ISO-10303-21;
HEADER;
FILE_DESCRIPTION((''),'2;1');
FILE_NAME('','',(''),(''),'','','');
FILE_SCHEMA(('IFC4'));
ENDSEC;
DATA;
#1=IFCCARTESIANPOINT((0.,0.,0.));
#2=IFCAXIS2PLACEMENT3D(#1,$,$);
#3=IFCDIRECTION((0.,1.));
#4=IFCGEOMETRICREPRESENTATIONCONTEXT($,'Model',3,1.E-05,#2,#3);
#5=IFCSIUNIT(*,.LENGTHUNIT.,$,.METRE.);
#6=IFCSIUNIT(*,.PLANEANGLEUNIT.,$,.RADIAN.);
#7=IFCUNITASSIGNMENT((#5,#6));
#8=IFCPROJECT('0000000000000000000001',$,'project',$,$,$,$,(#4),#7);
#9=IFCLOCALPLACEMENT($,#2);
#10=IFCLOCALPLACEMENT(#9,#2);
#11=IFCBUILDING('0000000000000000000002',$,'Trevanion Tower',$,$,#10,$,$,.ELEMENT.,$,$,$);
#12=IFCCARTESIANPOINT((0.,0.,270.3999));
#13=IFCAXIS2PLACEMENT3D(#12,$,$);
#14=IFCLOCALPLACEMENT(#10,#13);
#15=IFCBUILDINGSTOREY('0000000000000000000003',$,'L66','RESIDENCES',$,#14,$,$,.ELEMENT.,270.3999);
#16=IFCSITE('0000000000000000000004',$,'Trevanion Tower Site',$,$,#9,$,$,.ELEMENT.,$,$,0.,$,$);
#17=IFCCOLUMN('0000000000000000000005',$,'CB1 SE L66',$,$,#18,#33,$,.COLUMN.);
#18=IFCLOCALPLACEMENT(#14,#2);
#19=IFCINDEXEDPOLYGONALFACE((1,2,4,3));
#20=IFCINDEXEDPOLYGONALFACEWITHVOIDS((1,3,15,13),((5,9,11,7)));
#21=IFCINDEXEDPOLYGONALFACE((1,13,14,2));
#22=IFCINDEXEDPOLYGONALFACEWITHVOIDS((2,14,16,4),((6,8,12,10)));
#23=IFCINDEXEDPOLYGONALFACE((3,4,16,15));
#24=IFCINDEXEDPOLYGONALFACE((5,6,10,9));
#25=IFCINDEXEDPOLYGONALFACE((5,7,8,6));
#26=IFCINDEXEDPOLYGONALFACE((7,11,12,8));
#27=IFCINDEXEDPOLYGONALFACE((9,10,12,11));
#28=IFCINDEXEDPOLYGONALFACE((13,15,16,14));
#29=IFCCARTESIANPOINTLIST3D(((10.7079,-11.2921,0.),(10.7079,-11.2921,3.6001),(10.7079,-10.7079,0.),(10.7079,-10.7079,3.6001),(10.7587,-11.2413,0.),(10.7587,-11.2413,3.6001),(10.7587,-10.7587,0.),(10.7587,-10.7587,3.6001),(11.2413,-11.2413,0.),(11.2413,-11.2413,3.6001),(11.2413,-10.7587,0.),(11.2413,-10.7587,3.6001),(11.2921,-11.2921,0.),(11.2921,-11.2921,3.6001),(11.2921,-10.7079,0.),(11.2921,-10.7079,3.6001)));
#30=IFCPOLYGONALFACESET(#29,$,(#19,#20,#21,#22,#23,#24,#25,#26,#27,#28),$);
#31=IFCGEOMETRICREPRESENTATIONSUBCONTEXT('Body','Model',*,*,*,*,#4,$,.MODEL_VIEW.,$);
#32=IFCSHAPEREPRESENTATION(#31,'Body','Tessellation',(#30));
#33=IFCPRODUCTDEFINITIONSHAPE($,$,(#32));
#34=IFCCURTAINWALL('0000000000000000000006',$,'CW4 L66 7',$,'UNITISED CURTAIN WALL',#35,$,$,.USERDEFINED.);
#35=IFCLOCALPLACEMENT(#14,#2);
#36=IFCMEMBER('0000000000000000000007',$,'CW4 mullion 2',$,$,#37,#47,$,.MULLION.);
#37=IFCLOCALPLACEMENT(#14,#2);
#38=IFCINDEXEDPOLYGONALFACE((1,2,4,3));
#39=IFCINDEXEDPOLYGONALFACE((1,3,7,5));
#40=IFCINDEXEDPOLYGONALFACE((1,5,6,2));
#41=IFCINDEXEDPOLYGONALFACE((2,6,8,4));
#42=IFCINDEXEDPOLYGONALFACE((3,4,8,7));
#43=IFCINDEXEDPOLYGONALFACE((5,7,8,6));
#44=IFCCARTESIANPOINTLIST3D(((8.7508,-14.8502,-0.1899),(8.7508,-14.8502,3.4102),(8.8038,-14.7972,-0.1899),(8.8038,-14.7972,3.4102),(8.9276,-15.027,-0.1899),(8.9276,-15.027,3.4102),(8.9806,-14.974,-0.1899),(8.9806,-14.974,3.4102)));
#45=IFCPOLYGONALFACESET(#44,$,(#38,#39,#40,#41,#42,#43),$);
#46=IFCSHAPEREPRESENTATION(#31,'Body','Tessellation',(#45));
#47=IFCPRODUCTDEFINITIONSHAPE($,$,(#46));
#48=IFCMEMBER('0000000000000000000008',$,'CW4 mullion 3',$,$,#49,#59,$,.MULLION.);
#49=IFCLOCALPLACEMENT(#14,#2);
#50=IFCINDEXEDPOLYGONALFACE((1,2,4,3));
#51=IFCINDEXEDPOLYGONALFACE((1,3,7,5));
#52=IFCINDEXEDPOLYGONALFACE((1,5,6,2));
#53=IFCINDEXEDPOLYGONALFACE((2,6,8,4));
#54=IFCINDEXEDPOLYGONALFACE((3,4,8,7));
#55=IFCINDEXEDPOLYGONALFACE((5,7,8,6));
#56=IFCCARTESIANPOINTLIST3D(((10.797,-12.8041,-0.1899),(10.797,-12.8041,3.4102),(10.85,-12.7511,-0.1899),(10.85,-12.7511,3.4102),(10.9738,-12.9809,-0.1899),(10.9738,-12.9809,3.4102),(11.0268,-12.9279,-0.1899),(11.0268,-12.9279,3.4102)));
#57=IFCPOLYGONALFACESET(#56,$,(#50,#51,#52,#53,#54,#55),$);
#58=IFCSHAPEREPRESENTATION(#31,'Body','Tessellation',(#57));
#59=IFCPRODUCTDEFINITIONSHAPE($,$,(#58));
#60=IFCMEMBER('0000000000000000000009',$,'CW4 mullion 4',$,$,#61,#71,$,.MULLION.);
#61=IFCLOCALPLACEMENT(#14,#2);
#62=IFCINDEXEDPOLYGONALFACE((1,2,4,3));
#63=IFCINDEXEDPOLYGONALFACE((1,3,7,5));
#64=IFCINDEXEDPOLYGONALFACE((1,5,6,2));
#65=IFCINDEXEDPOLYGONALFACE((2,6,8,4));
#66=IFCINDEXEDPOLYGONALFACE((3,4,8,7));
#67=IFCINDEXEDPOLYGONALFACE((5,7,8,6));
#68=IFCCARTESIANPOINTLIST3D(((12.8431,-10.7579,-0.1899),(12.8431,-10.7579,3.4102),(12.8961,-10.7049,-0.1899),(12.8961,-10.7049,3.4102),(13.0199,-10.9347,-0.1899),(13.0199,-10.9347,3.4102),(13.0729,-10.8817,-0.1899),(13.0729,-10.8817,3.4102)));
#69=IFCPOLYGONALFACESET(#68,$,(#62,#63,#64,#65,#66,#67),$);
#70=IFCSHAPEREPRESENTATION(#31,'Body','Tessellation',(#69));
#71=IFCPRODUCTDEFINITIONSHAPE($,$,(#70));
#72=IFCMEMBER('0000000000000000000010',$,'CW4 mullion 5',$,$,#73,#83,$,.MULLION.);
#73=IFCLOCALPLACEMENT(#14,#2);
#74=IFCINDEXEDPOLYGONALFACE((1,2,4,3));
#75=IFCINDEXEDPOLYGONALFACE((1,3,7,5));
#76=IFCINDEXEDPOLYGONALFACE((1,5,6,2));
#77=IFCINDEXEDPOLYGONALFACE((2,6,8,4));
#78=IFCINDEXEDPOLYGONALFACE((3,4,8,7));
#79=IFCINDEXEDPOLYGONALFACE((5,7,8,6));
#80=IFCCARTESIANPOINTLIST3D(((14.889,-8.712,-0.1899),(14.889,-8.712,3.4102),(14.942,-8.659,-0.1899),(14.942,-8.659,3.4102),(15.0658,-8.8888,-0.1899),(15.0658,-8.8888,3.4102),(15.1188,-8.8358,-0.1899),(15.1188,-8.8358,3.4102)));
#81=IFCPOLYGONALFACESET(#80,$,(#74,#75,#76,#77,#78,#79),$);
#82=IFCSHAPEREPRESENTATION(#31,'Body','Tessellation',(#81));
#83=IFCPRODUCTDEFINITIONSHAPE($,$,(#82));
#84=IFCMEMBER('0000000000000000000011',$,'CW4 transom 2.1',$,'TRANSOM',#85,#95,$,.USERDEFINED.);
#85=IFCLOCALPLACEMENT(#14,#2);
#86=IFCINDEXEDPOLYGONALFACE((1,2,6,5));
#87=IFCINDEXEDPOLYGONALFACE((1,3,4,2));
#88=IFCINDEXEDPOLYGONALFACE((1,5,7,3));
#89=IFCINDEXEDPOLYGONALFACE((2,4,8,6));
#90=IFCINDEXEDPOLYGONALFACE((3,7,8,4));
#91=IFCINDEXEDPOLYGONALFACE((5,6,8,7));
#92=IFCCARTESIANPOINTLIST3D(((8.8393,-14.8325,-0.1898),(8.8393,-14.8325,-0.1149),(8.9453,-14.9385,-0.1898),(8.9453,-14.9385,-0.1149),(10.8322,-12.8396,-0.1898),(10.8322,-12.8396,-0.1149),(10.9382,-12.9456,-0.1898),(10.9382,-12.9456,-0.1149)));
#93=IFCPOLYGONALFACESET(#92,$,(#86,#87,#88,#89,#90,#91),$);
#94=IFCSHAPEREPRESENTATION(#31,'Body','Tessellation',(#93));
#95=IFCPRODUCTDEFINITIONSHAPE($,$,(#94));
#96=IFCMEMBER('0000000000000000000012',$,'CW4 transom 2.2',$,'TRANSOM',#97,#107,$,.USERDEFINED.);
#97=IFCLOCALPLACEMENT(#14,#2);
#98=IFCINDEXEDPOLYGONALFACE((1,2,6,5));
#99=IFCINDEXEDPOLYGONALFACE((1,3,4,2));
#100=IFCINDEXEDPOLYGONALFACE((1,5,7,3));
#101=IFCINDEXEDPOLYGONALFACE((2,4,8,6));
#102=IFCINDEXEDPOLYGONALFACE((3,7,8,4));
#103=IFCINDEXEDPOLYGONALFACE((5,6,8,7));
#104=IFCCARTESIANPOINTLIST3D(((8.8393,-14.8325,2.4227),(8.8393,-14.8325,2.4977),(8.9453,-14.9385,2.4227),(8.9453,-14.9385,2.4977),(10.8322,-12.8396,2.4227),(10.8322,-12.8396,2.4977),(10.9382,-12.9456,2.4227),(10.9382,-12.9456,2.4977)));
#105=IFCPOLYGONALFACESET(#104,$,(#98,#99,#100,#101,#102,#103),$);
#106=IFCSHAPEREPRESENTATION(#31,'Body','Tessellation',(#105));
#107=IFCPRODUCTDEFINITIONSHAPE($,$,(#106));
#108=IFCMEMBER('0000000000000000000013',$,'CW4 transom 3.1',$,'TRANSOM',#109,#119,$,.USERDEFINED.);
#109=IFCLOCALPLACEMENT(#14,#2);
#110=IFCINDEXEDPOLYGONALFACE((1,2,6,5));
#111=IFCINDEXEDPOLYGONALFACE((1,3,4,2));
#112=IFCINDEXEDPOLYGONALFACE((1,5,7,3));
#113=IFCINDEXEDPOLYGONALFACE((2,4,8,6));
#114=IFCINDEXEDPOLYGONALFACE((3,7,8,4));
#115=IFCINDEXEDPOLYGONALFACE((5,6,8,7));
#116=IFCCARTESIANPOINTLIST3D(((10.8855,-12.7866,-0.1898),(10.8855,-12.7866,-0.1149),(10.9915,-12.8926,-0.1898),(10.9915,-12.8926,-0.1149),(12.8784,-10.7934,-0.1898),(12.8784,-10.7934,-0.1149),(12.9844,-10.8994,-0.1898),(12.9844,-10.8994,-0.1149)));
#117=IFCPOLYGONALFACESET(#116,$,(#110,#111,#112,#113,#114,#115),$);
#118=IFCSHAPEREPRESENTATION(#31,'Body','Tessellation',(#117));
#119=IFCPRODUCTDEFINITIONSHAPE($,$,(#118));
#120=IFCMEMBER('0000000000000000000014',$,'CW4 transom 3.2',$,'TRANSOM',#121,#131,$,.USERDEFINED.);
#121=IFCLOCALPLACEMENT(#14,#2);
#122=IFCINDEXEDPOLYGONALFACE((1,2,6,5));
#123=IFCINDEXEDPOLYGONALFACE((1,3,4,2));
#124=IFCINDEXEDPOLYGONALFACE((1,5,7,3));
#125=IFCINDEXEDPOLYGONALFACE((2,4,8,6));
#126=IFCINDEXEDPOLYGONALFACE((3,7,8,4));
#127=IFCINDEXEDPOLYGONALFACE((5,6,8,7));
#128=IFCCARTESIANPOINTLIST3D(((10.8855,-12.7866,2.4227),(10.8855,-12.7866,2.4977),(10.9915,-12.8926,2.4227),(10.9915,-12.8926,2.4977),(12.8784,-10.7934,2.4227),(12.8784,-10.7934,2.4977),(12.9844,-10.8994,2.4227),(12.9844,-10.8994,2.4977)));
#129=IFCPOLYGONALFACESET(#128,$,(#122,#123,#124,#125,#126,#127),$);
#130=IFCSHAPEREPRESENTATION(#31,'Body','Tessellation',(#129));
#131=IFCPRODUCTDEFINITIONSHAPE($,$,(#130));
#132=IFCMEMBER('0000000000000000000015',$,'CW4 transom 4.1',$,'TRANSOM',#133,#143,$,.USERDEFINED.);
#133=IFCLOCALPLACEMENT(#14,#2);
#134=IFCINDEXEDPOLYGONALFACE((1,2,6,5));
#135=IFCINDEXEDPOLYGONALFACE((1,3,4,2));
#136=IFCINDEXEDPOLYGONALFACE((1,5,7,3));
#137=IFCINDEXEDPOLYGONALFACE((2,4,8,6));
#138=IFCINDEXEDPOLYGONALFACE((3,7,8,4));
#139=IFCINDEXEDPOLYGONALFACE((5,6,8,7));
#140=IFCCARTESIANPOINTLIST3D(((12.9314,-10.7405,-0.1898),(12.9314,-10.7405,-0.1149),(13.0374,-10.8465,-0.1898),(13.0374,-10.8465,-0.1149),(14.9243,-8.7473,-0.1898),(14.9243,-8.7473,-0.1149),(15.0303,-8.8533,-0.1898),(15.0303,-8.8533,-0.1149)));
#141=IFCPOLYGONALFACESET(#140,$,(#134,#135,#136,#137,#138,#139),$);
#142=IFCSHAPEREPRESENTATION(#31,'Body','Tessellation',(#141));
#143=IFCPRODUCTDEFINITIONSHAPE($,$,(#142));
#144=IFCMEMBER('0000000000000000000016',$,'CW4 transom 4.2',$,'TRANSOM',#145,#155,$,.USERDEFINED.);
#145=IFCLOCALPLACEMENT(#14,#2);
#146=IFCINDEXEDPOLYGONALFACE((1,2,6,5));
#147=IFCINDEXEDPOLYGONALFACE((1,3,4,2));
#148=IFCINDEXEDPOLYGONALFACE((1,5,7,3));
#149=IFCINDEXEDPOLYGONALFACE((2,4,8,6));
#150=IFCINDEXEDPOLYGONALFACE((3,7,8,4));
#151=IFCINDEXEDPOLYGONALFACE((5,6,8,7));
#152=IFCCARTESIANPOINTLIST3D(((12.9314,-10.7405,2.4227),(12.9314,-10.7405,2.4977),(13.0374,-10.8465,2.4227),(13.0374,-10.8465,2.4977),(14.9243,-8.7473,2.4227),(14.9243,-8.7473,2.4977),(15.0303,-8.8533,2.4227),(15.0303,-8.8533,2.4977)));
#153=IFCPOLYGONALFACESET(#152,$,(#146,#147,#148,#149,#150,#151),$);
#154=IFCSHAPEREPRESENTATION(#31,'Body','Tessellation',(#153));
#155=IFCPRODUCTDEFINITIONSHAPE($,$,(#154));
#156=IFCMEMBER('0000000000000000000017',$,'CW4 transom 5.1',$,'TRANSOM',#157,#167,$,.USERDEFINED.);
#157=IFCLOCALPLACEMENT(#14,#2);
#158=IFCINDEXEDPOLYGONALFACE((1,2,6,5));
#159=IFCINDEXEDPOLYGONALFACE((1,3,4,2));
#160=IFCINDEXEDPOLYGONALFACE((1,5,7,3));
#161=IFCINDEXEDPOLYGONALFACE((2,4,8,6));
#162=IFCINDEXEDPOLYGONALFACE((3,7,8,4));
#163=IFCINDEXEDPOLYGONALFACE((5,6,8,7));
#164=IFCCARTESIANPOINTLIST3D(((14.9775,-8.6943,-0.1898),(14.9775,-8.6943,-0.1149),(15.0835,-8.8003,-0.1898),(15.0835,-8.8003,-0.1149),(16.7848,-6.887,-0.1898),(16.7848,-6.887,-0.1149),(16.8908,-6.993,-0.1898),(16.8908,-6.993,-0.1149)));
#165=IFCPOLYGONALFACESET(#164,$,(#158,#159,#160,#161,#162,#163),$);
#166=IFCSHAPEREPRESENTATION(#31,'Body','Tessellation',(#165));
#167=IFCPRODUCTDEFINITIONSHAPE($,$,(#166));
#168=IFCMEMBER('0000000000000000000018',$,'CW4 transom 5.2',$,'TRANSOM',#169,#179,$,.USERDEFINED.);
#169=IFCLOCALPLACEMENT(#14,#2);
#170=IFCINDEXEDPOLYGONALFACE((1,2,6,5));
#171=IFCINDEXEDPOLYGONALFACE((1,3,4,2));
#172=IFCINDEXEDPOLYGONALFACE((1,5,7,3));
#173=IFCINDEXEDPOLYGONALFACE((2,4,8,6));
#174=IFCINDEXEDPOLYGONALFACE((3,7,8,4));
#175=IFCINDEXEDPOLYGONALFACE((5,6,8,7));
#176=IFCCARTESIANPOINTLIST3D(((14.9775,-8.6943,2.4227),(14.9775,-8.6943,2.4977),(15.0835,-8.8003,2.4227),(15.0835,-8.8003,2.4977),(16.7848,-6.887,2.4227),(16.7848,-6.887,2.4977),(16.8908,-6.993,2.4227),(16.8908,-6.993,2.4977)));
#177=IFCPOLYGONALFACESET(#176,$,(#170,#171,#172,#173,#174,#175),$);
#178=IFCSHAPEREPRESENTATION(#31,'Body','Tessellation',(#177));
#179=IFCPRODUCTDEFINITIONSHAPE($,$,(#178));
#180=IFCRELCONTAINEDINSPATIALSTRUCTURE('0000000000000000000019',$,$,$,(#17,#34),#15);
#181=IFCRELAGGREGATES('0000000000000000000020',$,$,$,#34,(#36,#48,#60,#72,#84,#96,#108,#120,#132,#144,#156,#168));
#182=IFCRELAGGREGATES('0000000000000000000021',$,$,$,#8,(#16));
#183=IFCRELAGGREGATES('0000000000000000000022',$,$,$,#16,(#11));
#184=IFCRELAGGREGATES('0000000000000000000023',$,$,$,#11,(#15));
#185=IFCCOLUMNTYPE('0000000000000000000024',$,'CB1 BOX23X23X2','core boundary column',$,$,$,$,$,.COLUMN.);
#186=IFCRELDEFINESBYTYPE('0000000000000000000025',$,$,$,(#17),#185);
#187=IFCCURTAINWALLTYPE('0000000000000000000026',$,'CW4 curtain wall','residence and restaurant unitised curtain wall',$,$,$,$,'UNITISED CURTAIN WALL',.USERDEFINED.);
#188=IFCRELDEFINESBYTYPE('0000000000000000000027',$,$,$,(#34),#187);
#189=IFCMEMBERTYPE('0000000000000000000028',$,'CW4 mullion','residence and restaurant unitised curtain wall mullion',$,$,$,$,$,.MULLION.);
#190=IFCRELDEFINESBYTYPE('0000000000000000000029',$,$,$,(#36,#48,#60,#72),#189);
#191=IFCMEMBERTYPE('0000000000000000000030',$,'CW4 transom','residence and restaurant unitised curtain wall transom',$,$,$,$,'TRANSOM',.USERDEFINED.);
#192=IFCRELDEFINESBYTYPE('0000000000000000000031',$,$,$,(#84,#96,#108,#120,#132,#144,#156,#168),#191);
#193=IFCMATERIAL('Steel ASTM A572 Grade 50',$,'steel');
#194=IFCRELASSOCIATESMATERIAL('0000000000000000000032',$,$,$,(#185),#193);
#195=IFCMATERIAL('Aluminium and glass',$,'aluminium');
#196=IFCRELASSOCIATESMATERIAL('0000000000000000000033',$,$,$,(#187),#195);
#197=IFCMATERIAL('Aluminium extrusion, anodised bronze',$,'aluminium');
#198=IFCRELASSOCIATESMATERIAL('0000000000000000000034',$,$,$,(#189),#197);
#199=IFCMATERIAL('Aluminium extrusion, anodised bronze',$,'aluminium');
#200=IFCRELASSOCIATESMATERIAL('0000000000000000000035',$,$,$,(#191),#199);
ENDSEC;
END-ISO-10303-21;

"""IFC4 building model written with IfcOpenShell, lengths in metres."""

from ifc_helpers import new_model, si_unit, direction, frame, origin, origin_2d, place, context, subcontext, project, spatial, rectangle, hollow_rectangle, extrude, material, material_profile, profile_set, type_object, element, aggregate, save


model = new_model("IFC4")

# Units and contexts
model_context = context("Model", 3, precision=1e-05, world=origin(), true_north=direction((0.0, 1.0)))
body_context = subcontext(model_context, "Body", "Model", "MODEL_VIEW")
ifc_project = project(units=[si_unit("LENGTHUNIT", "METRE"), si_unit("PLANEANGLEUNIT", "RADIAN")], contexts=[model_context])

# Site, building, storey
site_placement = place(None, origin())
site = spatial("IfcSite", under=ifc_project, at=site_placement, Name="Trevanion Tower Site", CompositionType="ELEMENT", RefElevation=0.0)
building_placement = place(site_placement, origin())
building = spatial("IfcBuilding", under=site, at=building_placement, Name="Trevanion Tower", CompositionType="ELEMENT")
storey_placement = place(building_placement, frame((0.0, 0.0, 270.3999)))
storey = spatial("IfcBuildingStorey", under=building, at=storey_placement, Name="L66", Description="RESIDENCES", CompositionType="ELEMENT", Elevation=270.3999)

# Column
ifc_material_1 = material(Name="Steel ASTM A572 Grade 50", Category="steel")
ifc_material_profile_1 = material_profile(ifc_material_1, hollow_rectangle(XDim=0.5842, YDim=0.5842, WallThickness=0.0508, at=origin_2d()), Name="BOX23X23X2")
ifc_profile_set_1 = profile_set([ifc_material_profile_1], Name="Steel ASTM A572 Grade 50")
column_type = type_object("IfcColumnType", Name="CB1 BOX23X23X2", Description="core boundary column", PredefinedType="COLUMN", material=ifc_profile_set_1)
column_placement = place(storey_placement, frame((11.0, -11.0, 0.0), z_axis=(0.0, 0.0, 1.0), x_axis=(1.0, 0.0, 0.0)))
element("IfcColumn", 1, at=column_placement, inside=storey, type_object=column_type, Name="CB1 SE L66", PredefinedType="COLUMN", context=body_context, shape_type="SweptSolid", body=[
    extrude(hollow_rectangle(XDim=0.5842, YDim=0.5842, WallThickness=0.0508, at=origin_2d()), origin(), (0.0, 0.0, 1.0), 3.6001),
])

# Curtain wall, members
ifc_material_2 = material(Name="Aluminium and glass", Category="aluminium")
curtain_wall_type = type_object("IfcCurtainWallType", Name="CW4 curtain wall", Description="residence and restaurant unitised curtain wall", ElementType="UNITISED CURTAIN WALL", PredefinedType="USERDEFINED", material=ifc_material_2)
curtain_wall_placement = place(storey_placement, origin())
curtain_wall = element("IfcCurtainWall", 2, at=curtain_wall_placement, inside=storey, type_object=curtain_wall_type, Name="CW4 L66 7", ObjectType="UNITISED CURTAIN WALL", PredefinedType="USERDEFINED")
ifc_material_3 = material(Name="Aluminium extrusion, anodised bronze", Category="aluminium")
ifc_material_profile_2 = material_profile(ifc_material_3, rectangle(XDim=0.075, YDim=0.25, at=origin_2d()), Name="CW4 mullion")
ifc_profile_set_2 = profile_set([ifc_material_profile_2], Name="Aluminium extrusion, anodised bronze")
member_type_1 = type_object("IfcMemberType", Name="CW4 mullion", Description="residence and restaurant unitised curtain wall mullion", PredefinedType="MULLION", material=ifc_profile_set_2)
member_1_placement = place(storey_placement, frame((8.8657, -14.9121, -0.1899), z_axis=(0.0, 0.0, 1.0), x_axis=(0.707107, 0.707107, 0.0)))
member_1 = element("IfcMember", 3, at=member_1_placement, type_object=member_type_1, Name="CW4 mullion 2", PredefinedType="MULLION", context=body_context, shape_type="SweptSolid", body=[
    extrude(rectangle(XDim=0.075, YDim=0.25, at=origin_2d()), origin(), (0.0, 0.0, 1.0), 3.6001),
])
member_2_placement = place(storey_placement, frame((10.9119, -12.866, -0.1899), z_axis=(0.0, 0.0, 1.0), x_axis=(0.707107, 0.707107, 0.0)))
member_2 = element("IfcMember", 4, at=member_2_placement, type_object=member_type_1, Name="CW4 mullion 3", PredefinedType="MULLION", context=body_context, shape_type="SweptSolid", body=[
    extrude(rectangle(XDim=0.075, YDim=0.25, at=origin_2d()), origin(), (0.0, 0.0, 1.0), 3.6001),
])
member_3_placement = place(storey_placement, frame((12.958, -10.8198, -0.1899), z_axis=(0.0, 0.0, 1.0), x_axis=(0.707107, 0.707107, 0.0)))
member_3 = element("IfcMember", 5, at=member_3_placement, type_object=member_type_1, Name="CW4 mullion 4", PredefinedType="MULLION", context=body_context, shape_type="SweptSolid", body=[
    extrude(rectangle(XDim=0.075, YDim=0.25, at=origin_2d()), origin(), (0.0, 0.0, 1.0), 3.6001),
])
member_4_placement = place(storey_placement, frame((15.0039, -8.7739, -0.1899), z_axis=(0.0, 0.0, 1.0), x_axis=(0.707107, 0.707107, 0.0)))
member_4 = element("IfcMember", 6, at=member_4_placement, type_object=member_type_1, Name="CW4 mullion 5", PredefinedType="MULLION", context=body_context, shape_type="SweptSolid", body=[
    extrude(rectangle(XDim=0.075, YDim=0.25, at=origin_2d()), origin(), (0.0, 0.0, 1.0), 3.6001),
])
ifc_material_4 = material(Name="Aluminium extrusion, anodised bronze", Category="aluminium")
ifc_material_profile_3 = material_profile(ifc_material_4, rectangle(XDim=0.1499, YDim=0.075, at=origin_2d()), Name="CW4 transom")
ifc_profile_set_3 = profile_set([ifc_material_profile_3], Name="Aluminium extrusion, anodised bronze")
member_type_2 = type_object("IfcMemberType", Name="CW4 transom", Description="residence and restaurant unitised curtain wall transom", ElementType="TRANSOM", PredefinedType="USERDEFINED", material=ifc_profile_set_3)
member_5_placement = place(storey_placement, frame((8.8923, -14.8855, -0.1523), z_axis=(0.707107, 0.707107, 0.0), x_axis=(-0.707107, 0.707107, 0.0)))
member_5 = element("IfcMember", 7, at=member_5_placement, type_object=member_type_2, Name="CW4 transom 2.1", ObjectType="TRANSOM", PredefinedType="USERDEFINED", context=body_context, shape_type="SweptSolid", body=[
    extrude(rectangle(XDim=0.1499, YDim=0.075, at=origin_2d()), origin(), (0.0, 0.0, 1.0), 2.8184),
])
member_6_placement = place(storey_placement, frame((8.8923, -14.8855, 2.4602), z_axis=(0.707107, 0.707107, 0.0), x_axis=(-0.707107, 0.707107, 0.0)))
member_6 = element("IfcMember", 8, at=member_6_placement, type_object=member_type_2, Name="CW4 transom 2.2", ObjectType="TRANSOM", PredefinedType="USERDEFINED", context=body_context, shape_type="SweptSolid", body=[
    extrude(rectangle(XDim=0.1499, YDim=0.075, at=origin_2d()), origin(), (0.0, 0.0, 1.0), 2.8184),
])
member_7_placement = place(storey_placement, frame((10.9385, -12.8396, -0.1523), z_axis=(0.707063, 0.70715, 0.0), x_axis=(-0.70715, 0.707063, 0.0)))
member_7 = element("IfcMember", 9, at=member_7_placement, type_object=member_type_2, Name="CW4 transom 3.1", ObjectType="TRANSOM", PredefinedType="USERDEFINED", context=body_context, shape_type="SweptSolid", body=[
    extrude(rectangle(XDim=0.1499, YDim=0.075, at=origin_2d()), origin(), (0.0, 0.0, 1.0), 2.8186),
])
member_8_placement = place(storey_placement, frame((10.9385, -12.8396, 2.4602), z_axis=(0.707063, 0.70715, 0.0), x_axis=(-0.70715, 0.707063, 0.0)))
member_8 = element("IfcMember", 10, at=member_8_placement, type_object=member_type_2, Name="CW4 transom 3.2", ObjectType="TRANSOM", PredefinedType="USERDEFINED", context=body_context, shape_type="SweptSolid", body=[
    extrude(rectangle(XDim=0.1499, YDim=0.075, at=origin_2d()), origin(), (0.0, 0.0, 1.0), 2.8186),
])
member_9_placement = place(storey_placement, frame((12.9844, -10.7935, -0.1523), z_axis=(0.707063, 0.70715, 0.0), x_axis=(-0.70715, 0.707063, 0.0)))
member_9 = element("IfcMember", 11, at=member_9_placement, type_object=member_type_2, Name="CW4 transom 4.1", ObjectType="TRANSOM", PredefinedType="USERDEFINED", context=body_context, shape_type="SweptSolid", body=[
    extrude(rectangle(XDim=0.1499, YDim=0.075, at=origin_2d()), origin(), (0.0, 0.0, 1.0), 2.8186),
])
member_10_placement = place(storey_placement, frame((12.9844, -10.7935, 2.4602), z_axis=(0.707063, 0.70715, 0.0), x_axis=(-0.70715, 0.707063, 0.0)))
member_10 = element("IfcMember", 12, at=member_10_placement, type_object=member_type_2, Name="CW4 transom 4.2", ObjectType="TRANSOM", PredefinedType="USERDEFINED", context=body_context, shape_type="SweptSolid", body=[
    extrude(rectangle(XDim=0.1499, YDim=0.075, at=origin_2d()), origin(), (0.0, 0.0, 1.0), 2.8186),
])
member_11_placement = place(storey_placement, frame((15.0305, -8.7473, -0.1523), z_axis=(0.707107, 0.707107, 0.0), x_axis=(-0.707107, 0.707107, 0.0)))
member_11 = element("IfcMember", 13, at=member_11_placement, type_object=member_type_2, Name="CW4 transom 5.1", ObjectType="TRANSOM", PredefinedType="USERDEFINED", context=body_context, shape_type="SweptSolid", body=[
    extrude(rectangle(XDim=0.1499, YDim=0.075, at=origin_2d()), origin(), (0.0, 0.0, 1.0), 2.5559),
])
member_12_placement = place(storey_placement, frame((15.0305, -8.7473, 2.4602), z_axis=(0.707107, 0.707107, 0.0), x_axis=(-0.707107, 0.707107, 0.0)))
member_12 = element("IfcMember", 14, at=member_12_placement, type_object=member_type_2, Name="CW4 transom 5.2", ObjectType="TRANSOM", PredefinedType="USERDEFINED", context=body_context, shape_type="SweptSolid", body=[
    extrude(rectangle(XDim=0.1499, YDim=0.075, at=origin_2d()), origin(), (0.0, 0.0, 1.0), 2.5559),
])

aggregate(curtain_wall, [member_1, member_2, member_3, member_4, member_5, member_6, member_7, member_8, member_9, member_10, member_11, member_12])

save(model, "model.ifc")
